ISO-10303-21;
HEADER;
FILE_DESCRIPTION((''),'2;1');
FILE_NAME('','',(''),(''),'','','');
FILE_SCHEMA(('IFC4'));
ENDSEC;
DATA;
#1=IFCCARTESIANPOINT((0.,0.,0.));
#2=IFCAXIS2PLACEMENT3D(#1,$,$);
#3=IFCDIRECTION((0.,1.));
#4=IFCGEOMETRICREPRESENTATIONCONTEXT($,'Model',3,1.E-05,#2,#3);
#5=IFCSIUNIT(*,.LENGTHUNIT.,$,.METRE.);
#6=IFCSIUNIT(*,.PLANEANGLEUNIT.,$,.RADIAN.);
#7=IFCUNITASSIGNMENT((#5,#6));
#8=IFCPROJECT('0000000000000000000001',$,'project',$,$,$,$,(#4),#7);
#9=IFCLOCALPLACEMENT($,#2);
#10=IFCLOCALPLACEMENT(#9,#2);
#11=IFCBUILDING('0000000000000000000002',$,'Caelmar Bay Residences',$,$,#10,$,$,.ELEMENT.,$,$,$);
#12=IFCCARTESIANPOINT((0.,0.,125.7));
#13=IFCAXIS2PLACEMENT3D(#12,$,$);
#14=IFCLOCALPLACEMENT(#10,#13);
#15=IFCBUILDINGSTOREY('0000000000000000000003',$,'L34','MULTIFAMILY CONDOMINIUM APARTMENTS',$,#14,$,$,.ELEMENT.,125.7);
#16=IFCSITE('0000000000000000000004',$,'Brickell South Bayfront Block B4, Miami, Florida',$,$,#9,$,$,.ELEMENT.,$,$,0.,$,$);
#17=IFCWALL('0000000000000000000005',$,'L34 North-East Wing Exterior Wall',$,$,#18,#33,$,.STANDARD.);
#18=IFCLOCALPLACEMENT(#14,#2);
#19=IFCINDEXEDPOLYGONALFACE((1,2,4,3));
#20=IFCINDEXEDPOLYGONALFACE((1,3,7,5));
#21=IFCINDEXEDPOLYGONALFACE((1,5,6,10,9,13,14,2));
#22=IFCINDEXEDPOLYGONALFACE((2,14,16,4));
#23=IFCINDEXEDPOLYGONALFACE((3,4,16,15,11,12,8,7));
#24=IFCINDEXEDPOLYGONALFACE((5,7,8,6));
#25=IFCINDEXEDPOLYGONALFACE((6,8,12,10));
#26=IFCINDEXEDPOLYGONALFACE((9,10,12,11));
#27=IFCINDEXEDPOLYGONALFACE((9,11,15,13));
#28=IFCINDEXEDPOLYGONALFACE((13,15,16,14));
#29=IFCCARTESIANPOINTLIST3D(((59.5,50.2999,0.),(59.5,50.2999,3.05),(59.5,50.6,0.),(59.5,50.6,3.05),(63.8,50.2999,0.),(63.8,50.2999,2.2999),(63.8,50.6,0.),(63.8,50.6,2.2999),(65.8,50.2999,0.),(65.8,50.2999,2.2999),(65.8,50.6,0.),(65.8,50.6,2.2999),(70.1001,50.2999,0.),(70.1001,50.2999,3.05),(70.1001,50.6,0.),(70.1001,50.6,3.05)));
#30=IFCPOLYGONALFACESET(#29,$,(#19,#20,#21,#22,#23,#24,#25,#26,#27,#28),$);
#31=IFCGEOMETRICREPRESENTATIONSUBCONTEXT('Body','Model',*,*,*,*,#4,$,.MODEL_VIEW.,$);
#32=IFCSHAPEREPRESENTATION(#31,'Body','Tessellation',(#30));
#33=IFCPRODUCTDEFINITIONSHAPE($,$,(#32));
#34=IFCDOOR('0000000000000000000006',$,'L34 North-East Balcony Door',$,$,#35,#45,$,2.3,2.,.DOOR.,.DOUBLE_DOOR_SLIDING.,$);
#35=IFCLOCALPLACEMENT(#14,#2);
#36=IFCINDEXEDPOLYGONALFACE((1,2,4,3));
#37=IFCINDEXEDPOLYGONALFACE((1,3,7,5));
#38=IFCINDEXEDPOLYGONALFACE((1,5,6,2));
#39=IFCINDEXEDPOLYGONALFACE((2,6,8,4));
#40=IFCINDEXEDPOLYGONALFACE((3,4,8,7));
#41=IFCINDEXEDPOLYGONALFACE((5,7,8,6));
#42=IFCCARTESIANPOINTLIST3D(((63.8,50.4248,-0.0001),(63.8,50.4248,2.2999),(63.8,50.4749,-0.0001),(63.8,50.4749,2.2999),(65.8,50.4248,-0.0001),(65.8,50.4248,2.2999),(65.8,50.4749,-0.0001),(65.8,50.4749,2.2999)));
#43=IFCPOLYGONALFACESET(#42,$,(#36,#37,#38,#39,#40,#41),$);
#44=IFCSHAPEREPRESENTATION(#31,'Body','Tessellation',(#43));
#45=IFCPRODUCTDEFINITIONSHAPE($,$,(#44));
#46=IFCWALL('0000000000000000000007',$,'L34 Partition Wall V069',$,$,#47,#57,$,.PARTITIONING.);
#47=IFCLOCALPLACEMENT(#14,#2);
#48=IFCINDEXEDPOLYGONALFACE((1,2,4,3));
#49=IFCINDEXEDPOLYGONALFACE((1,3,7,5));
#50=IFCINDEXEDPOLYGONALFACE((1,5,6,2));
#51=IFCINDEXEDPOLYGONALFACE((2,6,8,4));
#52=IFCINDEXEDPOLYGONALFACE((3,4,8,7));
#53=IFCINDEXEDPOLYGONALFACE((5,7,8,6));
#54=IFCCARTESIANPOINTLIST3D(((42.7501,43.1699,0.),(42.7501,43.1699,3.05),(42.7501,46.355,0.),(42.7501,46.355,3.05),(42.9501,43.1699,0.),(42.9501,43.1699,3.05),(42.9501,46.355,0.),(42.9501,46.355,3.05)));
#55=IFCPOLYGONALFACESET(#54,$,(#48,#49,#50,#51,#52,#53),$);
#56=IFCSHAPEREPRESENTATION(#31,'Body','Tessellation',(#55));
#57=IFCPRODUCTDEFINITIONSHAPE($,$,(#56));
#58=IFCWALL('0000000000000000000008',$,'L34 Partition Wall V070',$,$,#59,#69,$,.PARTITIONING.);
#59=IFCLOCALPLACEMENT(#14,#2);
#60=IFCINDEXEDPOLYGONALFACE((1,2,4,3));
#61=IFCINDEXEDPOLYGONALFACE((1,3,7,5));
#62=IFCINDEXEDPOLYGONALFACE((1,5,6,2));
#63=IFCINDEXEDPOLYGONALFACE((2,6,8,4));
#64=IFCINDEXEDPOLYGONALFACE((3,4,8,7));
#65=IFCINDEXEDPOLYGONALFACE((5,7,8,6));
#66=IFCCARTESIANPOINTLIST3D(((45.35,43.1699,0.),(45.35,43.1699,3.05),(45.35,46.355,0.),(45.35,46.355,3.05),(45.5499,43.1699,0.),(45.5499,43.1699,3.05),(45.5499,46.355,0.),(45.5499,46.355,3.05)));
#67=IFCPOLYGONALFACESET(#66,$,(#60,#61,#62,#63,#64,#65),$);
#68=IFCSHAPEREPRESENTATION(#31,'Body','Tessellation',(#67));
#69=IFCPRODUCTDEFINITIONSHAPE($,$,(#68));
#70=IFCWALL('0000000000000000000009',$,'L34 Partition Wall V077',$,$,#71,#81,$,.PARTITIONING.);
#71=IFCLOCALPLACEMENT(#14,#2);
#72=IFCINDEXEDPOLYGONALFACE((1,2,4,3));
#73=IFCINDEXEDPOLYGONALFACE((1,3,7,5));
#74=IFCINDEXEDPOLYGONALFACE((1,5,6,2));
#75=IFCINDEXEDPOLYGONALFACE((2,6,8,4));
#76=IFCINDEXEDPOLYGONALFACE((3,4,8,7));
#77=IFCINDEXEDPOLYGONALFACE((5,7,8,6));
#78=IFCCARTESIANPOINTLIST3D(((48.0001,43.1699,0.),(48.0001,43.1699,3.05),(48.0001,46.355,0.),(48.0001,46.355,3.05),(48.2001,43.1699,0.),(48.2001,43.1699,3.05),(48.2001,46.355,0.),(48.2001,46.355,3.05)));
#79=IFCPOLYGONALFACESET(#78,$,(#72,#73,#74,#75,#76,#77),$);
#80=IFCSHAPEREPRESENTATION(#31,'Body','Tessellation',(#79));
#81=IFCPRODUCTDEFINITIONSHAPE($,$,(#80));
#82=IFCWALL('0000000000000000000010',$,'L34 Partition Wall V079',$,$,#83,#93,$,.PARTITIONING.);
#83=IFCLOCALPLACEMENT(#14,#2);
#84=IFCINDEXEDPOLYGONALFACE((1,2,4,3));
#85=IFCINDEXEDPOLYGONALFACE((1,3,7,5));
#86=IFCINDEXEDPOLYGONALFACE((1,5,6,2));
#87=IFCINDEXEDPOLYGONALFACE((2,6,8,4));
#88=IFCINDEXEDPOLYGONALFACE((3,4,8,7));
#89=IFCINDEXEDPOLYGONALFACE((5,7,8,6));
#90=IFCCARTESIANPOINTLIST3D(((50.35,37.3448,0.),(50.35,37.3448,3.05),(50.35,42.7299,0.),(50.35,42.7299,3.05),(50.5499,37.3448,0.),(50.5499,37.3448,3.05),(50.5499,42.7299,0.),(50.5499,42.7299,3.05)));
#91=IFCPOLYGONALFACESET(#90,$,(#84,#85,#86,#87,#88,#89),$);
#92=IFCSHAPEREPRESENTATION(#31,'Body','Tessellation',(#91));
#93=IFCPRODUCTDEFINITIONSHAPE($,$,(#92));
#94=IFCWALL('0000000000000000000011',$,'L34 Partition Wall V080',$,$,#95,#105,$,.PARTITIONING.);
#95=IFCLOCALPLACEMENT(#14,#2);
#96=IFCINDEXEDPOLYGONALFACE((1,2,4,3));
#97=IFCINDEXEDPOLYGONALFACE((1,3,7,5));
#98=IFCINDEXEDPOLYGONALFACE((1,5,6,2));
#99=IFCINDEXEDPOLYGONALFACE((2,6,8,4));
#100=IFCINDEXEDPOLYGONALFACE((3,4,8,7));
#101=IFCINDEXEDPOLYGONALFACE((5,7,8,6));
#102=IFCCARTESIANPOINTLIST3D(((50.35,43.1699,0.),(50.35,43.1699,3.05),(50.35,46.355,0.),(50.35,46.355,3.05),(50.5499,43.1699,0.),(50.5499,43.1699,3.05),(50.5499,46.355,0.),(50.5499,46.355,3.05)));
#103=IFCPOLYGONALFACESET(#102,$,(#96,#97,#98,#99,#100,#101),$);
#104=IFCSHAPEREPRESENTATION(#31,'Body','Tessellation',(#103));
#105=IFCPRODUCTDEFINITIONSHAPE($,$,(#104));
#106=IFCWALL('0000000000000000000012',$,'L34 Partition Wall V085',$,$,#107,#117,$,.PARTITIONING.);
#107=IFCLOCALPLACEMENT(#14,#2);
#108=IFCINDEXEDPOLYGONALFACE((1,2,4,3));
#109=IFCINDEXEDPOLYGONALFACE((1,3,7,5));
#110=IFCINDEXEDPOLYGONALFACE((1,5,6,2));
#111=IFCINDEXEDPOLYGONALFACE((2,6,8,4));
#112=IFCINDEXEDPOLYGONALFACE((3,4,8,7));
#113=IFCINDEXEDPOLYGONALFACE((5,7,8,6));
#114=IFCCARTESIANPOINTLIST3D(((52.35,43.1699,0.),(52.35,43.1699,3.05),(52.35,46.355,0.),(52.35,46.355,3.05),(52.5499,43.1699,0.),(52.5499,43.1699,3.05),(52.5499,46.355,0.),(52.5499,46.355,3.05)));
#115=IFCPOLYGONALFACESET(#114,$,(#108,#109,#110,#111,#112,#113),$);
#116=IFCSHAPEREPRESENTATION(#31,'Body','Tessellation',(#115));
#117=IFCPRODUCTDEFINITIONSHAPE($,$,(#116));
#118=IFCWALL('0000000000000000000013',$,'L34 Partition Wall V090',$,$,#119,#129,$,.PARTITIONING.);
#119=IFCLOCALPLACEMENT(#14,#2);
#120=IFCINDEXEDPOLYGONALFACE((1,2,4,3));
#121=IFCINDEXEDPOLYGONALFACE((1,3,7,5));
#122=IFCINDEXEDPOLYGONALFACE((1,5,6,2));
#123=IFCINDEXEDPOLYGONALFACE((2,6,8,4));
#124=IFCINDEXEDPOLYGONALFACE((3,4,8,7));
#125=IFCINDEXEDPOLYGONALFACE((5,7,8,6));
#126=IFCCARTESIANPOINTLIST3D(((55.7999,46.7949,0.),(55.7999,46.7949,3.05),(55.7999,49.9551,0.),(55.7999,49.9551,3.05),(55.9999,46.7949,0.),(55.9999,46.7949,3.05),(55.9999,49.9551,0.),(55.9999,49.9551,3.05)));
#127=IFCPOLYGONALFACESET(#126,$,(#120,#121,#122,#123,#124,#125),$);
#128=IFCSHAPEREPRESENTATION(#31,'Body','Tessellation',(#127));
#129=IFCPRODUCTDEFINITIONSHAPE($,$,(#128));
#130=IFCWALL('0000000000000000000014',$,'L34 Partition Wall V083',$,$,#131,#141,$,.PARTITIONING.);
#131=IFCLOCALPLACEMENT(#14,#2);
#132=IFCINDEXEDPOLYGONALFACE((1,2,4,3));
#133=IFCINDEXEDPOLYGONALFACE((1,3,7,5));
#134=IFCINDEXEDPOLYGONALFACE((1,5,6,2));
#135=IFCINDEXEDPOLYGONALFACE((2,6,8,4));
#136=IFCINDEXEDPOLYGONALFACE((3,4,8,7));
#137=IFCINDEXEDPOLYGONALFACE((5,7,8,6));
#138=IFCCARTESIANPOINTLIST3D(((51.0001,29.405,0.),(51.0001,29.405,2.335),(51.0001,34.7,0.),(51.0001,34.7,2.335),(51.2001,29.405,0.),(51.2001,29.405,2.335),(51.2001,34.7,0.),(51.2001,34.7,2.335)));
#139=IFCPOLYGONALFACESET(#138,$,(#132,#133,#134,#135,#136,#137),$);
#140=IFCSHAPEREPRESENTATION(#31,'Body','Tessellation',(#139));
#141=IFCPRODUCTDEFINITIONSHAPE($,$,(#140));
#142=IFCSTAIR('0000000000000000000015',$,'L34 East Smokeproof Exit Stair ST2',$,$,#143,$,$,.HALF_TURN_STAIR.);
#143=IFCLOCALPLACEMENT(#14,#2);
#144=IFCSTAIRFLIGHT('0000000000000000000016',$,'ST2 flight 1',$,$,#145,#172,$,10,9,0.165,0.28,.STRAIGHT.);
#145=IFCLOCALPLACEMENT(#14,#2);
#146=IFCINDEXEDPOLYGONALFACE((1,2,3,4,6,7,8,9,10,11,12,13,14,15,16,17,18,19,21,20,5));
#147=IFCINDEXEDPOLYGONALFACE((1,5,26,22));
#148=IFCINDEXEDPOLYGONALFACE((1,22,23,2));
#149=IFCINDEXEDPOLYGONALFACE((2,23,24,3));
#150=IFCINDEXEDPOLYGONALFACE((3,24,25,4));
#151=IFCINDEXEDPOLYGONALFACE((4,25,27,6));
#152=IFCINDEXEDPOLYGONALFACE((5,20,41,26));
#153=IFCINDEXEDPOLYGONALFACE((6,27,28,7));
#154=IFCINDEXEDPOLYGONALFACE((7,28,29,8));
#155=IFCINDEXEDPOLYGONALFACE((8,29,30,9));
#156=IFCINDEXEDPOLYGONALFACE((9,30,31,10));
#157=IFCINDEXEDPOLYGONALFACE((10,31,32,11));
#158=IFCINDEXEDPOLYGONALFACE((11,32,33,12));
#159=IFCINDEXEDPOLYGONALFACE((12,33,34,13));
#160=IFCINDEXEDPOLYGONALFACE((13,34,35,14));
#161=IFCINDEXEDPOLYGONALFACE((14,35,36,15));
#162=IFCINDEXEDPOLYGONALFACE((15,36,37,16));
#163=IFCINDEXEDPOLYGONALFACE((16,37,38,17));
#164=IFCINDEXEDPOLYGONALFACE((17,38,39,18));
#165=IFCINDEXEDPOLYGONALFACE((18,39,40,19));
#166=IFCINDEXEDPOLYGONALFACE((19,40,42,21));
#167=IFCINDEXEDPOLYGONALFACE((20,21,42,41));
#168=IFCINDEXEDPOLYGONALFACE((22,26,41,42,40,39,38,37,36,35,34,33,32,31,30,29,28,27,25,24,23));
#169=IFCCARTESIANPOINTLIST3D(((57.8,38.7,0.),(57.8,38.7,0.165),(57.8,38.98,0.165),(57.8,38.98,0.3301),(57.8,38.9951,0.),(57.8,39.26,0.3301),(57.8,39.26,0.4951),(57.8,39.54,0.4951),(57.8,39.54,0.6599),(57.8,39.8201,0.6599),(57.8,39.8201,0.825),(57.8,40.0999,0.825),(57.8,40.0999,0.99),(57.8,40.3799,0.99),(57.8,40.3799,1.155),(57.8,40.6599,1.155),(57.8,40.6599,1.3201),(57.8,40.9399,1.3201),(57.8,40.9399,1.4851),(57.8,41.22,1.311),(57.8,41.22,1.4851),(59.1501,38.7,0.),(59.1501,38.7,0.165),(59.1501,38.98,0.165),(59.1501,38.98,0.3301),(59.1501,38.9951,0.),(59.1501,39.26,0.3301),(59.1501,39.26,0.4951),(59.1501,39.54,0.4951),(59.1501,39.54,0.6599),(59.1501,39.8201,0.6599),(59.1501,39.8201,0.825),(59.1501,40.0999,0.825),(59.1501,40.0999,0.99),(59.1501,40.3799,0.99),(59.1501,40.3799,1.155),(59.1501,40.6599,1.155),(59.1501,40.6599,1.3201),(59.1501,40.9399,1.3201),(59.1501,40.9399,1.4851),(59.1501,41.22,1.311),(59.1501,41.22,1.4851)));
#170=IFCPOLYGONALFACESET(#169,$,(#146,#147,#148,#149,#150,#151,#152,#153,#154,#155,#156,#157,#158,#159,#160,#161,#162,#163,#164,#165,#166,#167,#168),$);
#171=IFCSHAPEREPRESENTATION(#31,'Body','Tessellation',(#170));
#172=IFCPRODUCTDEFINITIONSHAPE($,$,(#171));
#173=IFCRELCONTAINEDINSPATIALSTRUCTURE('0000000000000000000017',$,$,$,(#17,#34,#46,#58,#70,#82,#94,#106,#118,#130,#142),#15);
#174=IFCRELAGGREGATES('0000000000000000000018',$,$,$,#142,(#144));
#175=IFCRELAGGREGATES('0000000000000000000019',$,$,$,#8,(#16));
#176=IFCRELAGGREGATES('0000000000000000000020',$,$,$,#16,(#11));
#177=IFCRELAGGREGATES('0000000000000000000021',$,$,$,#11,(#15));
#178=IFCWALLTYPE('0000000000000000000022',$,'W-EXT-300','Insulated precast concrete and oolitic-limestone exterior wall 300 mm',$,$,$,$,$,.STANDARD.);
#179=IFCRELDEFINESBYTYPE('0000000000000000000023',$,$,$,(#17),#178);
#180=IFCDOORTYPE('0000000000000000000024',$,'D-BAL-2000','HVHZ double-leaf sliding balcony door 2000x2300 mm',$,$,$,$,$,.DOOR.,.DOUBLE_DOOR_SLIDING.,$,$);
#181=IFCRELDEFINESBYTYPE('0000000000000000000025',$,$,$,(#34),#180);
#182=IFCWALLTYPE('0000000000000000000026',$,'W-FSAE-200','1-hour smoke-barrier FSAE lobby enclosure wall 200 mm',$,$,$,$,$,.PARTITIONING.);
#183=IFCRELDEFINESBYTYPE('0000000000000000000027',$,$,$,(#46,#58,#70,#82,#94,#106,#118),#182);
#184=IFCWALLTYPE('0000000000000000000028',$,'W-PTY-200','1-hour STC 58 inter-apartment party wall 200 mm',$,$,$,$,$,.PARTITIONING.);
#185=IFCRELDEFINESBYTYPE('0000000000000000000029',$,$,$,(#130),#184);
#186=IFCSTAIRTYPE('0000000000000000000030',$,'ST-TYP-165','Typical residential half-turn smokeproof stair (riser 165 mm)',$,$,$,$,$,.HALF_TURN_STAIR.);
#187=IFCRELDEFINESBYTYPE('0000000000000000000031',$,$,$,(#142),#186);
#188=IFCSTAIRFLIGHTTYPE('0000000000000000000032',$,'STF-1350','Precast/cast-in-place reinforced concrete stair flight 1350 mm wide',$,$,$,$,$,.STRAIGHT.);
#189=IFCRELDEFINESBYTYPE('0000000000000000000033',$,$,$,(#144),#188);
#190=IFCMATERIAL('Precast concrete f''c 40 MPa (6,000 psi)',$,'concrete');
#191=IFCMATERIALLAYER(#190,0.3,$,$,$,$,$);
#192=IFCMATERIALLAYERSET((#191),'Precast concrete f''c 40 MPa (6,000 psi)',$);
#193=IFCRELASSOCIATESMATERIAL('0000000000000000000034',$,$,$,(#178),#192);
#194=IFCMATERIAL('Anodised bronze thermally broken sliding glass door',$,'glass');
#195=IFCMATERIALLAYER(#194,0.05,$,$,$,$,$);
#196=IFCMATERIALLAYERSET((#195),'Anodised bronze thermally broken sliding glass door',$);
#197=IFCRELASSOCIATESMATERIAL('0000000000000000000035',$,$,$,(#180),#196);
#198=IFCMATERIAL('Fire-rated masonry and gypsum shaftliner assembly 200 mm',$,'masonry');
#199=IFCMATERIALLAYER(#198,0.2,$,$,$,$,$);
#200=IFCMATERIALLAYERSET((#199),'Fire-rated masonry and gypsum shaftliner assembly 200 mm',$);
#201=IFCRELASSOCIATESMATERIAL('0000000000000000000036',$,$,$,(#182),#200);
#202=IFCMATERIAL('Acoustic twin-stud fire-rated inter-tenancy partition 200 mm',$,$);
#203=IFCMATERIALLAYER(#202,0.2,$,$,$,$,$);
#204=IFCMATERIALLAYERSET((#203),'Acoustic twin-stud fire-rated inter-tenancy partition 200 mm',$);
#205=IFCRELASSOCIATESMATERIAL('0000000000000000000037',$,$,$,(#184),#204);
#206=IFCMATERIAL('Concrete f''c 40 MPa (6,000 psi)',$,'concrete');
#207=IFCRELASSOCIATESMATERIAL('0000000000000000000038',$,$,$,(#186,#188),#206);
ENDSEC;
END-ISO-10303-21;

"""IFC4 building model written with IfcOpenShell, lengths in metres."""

from ifc_helpers import new_model, si_unit, direction, frame, frame_2d, origin, place, context, subcontext, project, spatial, polyline, rectangle, outline, extrude, material, layer, layer_set, type_object, element, fill, aggregate, save


model = new_model("IFC4")

# Units and contexts
model_context = context("Model", 3, precision=1e-05, world=origin(), true_north=direction((0.0, 1.0)))
body_context = subcontext(model_context, "Body", "Model", "MODEL_VIEW")
ifc_project = project(units=[si_unit("LENGTHUNIT", "METRE"), si_unit("PLANEANGLEUNIT", "RADIAN")], contexts=[model_context])

# Site, building, storey
site_placement = place(None, origin())
site = spatial("IfcSite", under=ifc_project, at=site_placement, Name="Brickell South Bayfront Block B4, Miami, Florida", CompositionType="ELEMENT", RefElevation=0.0)
building_placement = place(site_placement, origin())
building = spatial("IfcBuilding", under=site, at=building_placement, Name="Caelmar Bay Residences", CompositionType="ELEMENT")
storey_placement = place(building_placement, frame((0.0, 0.0, 125.7)))
storey = spatial("IfcBuildingStorey", under=building, at=storey_placement, Name="L34", Description="MULTIFAMILY CONDOMINIUM APARTMENTS", CompositionType="ELEMENT", Elevation=125.7)

# Wall, opening, door
ifc_material_1 = material(Name="Precast concrete f'c 40 MPa (6,000 psi)", Category="concrete")
ifc_layer_1 = layer(ifc_material_1, 0.3)
ifc_layer_set_1 = layer_set([ifc_layer_1], Name="Precast concrete f'c 40 MPa (6,000 psi)")
wall_type_1 = type_object("IfcWallType", Name="W-EXT-300", Description="Insulated precast concrete and oolitic-limestone exterior wall 300 mm", PredefinedType="STANDARD", material=ifc_layer_set_1)
wall_1_placement = place(storey_placement, frame((59.5, 50.45, 0.0), z_axis=(0.0, 0.0, 1.0), x_axis=(1.0, 0.0, 0.0)))
wall_1 = element("IfcWall", 1, at=wall_1_placement, inside=storey, type_object=wall_type_1, Name="L34 North-East Wing Exterior Wall", PredefinedType="STANDARD", context=body_context, shape_type="SweptSolid", body=[
    extrude(rectangle(XDim=10.6001, YDim=0.3, at=frame_2d((5.3, 0.0))), origin(), (0.0, 0.0, 1.0), 3.05),
])
opening_1_placement = place(wall_1_placement, frame((4.3, 0.0, 0.0)))
opening_1 = element("IfcOpeningElement", 2, at=opening_1_placement, cuts=wall_1, PredefinedType="OPENING", context=body_context, shape_type="SweptSolid", body=[
    extrude(rectangle(XDim=2.0, YDim=2.3, at=frame_2d((1.0, 1.1499))), frame((0.0, 0.1599, 0.0), z_axis=(0.0, -1.0, 0.0), x_axis=(1.0, 0.0, 0.0)), (0.0, 0.0, 1.0), 0.3201),
])
ifc_material_2 = material(Name="Anodised bronze thermally broken sliding glass door", Category="glass")
ifc_layer_2 = layer(ifc_material_2, 0.05)
ifc_layer_set_2 = layer_set([ifc_layer_2], Name="Anodised bronze thermally broken sliding glass door")
door_type_1 = type_object("IfcDoorType", Name="D-BAL-2000", Description="HVHZ double-leaf sliding balcony door 2000x2300 mm", OperationType="DOUBLE_DOOR_SLIDING", PredefinedType="DOOR", material=ifc_layer_set_2)
door_1_placement = place(opening_1_placement, origin())
door_1 = element("IfcDoor", 3, at=door_1_placement, inside=storey, type_object=door_type_1, Name="L34 North-East Balcony Door", OperationType="DOUBLE_DOOR_SLIDING", OverallHeight=2.3, OverallWidth=2.0, PredefinedType="DOOR", context=body_context, shape_type="SweptSolid", body=[
    extrude(rectangle(XDim=2.0, YDim=2.3, at=frame_2d((1.0, 1.1499))), frame((0.0, 0.0249, 0.0), z_axis=(0.0, -1.0, 0.0), x_axis=(1.0, 0.0, 0.0)), (0.0, 0.0, 1.0), 0.05),
])
fill(opening_1, door_1)

# Walls
ifc_material_3 = material(Name="Fire-rated masonry and gypsum shaftliner assembly 200 mm", Category="masonry")
ifc_layer_3 = layer(ifc_material_3, 0.2)
ifc_layer_set_3 = layer_set([ifc_layer_3], Name="Fire-rated masonry and gypsum shaftliner assembly 200 mm")
wall_type_2 = type_object("IfcWallType", Name="W-FSAE-200", Description="1-hour smoke-barrier FSAE lobby enclosure wall 200 mm", PredefinedType="PARTITIONING", material=ifc_layer_set_3)
for number, where, z_axis, x_axis, name in (
    (4, (42.8501, 43.1699, 0.0), (0.0, 0.0, 1.0), (0.0, 1.0, 0.0), "L34 Partition Wall V069"),
    (5, (45.45, 43.1699, 0.0), (0.0, 0.0, 1.0), (0.0, 1.0, 0.0), "L34 Partition Wall V070"),
    (6, (48.1001, 43.1699, 0.0), (0.0, 0.0, 1.0), (0.0, 1.0, 0.0), "L34 Partition Wall V077"),
):
    element("IfcWall", number, at=place(storey_placement, frame(where, z_axis=z_axis, x_axis=x_axis)), inside=storey, type_object=wall_type_2, Name=name, PredefinedType="PARTITIONING", context=body_context, shape_type="SweptSolid", body=[
        extrude(rectangle(XDim=3.1851, YDim=0.2, at=frame_2d((1.5925, 0.0))), origin(), (0.0, 0.0, 1.0), 3.05),
    ])
wall_2_placement = place(storey_placement, frame((50.45, 37.345, 0.0), z_axis=(0.0, 0.0, 1.0), x_axis=(0.0, 1.0, 0.0)))
element("IfcWall", 7, at=wall_2_placement, inside=storey, type_object=wall_type_2, Name="L34 Partition Wall V079", PredefinedType="PARTITIONING", context=body_context, shape_type="SweptSolid", body=[
    extrude(rectangle(XDim=5.385, YDim=0.2, at=frame_2d((2.6924, 0.0))), origin(), (0.0, 0.0, 1.0), 3.05),
])
for number, where, z_axis, x_axis, name in (
    (8, (50.45, 43.1699, 0.0), (0.0, 0.0, 1.0), (0.0, 1.0, 0.0), "L34 Partition Wall V080"),
    (9, (52.45, 43.1699, 0.0), (0.0, 0.0, 1.0), (0.0, 1.0, 0.0), "L34 Partition Wall V085"),
):
    element("IfcWall", number, at=place(storey_placement, frame(where, z_axis=z_axis, x_axis=x_axis)), inside=storey, type_object=wall_type_2, Name=name, PredefinedType="PARTITIONING", context=body_context, shape_type="SweptSolid", body=[
        extrude(rectangle(XDim=3.1851, YDim=0.2, at=frame_2d((1.5925, 0.0))), origin(), (0.0, 0.0, 1.0), 3.05),
    ])
wall_3_placement = place(storey_placement, frame((55.8999, 46.7949, 0.0), z_axis=(0.0, 0.0, 1.0), x_axis=(0.0, 1.0, 0.0)))
element("IfcWall", 10, at=wall_3_placement, inside=storey, type_object=wall_type_2, Name="L34 Partition Wall V090", PredefinedType="PARTITIONING", context=body_context, shape_type="SweptSolid", body=[
    extrude(rectangle(XDim=3.1602, YDim=0.2, at=frame_2d((1.5801, 0.0))), origin(), (0.0, 0.0, 1.0), 3.05),
])
ifc_material_4 = material(Name="Acoustic twin-stud fire-rated inter-tenancy partition 200 mm")
ifc_layer_4 = layer(ifc_material_4, 0.2)
ifc_layer_set_4 = layer_set([ifc_layer_4], Name="Acoustic twin-stud fire-rated inter-tenancy partition 200 mm")
wall_type_3 = type_object("IfcWallType", Name="W-PTY-200", Description="1-hour STC 58 inter-apartment party wall 200 mm", PredefinedType="PARTITIONING", material=ifc_layer_set_4)
wall_4_placement = place(storey_placement, frame((51.1001, 29.405, 0.0), z_axis=(0.0, 0.0, 1.0), x_axis=(0.0, 1.0, 0.0)))
element("IfcWall", 11, at=wall_4_placement, inside=storey, type_object=wall_type_3, Name="L34 Partition Wall V083", PredefinedType="PARTITIONING", context=body_context, shape_type="SweptSolid", body=[
    extrude(rectangle(XDim=5.2949, YDim=0.2, at=frame_2d((2.6475, 0.0))), origin(), (0.0, 0.0, 1.0), 2.335),
])

# Stair, stair flight
ifc_material_5 = material(Name="Concrete f'c 40 MPa (6,000 psi)", Category="concrete")
stair_type = type_object("IfcStairType", Name="ST-TYP-165", Description="Typical residential half-turn smokeproof stair (riser 165 mm)", PredefinedType="HALF_TURN_STAIR", material=ifc_material_5)
stair_placement = place(storey_placement, origin())
stair = element("IfcStair", 12, at=stair_placement, inside=storey, type_object=stair_type, Name="L34 East Smokeproof Exit Stair ST2", PredefinedType="HALF_TURN_STAIR")
stair_flight_type = type_object("IfcStairFlightType", Name="STF-1350", Description="Precast/cast-in-place reinforced concrete stair flight 1350 mm wide", PredefinedType="STRAIGHT", material=ifc_material_5)
stair_flight_1_placement = place(storey_placement, frame((58.4751, 38.7, 0.0), z_axis=(0.0, 0.0, 1.0), x_axis=(0.0, 1.0, 0.0)))
stair_flight_1 = element("IfcStairFlight", 13, at=stair_flight_1_placement, type_object=stair_flight_type, Name="ST2 flight 1", NumberOfRisers=10, NumberOfTreads=9, PredefinedType="STRAIGHT", RiserHeight=0.165, TreadLength=0.28, context=body_context, shape_type="SweptSolid", body=[
    extrude(outline(polyline([(0.0, 0.0), (0.0, 0.165), (0.28, 0.165), (0.28, 0.3301), (0.5601, 0.3301), (0.5601, 0.4951), (0.8401, 0.4951), (0.8401, 0.6599), (1.1201, 0.6599), (1.1201, 0.825), (1.3999, 0.825), (1.3999, 0.99), (1.6799, 0.99), (1.6799, 1.155), (1.96, 1.155), (1.96, 1.3201), (2.24, 1.3201), (2.24, 1.4851), (2.52, 1.4851), (2.52, 1.6499), (2.52, 1.311), (0.2952, 0.0), (0.0, 0.0)])), frame((0.0, 0.675, 0.0), z_axis=(0.0, -1.0, 0.0), x_axis=(1.0, 0.0, 0.0)), (0.0, 0.0, 1.0), 1.3501),
])
aggregate(stair, [stair_flight_1])

save(model, "model.ifc")
